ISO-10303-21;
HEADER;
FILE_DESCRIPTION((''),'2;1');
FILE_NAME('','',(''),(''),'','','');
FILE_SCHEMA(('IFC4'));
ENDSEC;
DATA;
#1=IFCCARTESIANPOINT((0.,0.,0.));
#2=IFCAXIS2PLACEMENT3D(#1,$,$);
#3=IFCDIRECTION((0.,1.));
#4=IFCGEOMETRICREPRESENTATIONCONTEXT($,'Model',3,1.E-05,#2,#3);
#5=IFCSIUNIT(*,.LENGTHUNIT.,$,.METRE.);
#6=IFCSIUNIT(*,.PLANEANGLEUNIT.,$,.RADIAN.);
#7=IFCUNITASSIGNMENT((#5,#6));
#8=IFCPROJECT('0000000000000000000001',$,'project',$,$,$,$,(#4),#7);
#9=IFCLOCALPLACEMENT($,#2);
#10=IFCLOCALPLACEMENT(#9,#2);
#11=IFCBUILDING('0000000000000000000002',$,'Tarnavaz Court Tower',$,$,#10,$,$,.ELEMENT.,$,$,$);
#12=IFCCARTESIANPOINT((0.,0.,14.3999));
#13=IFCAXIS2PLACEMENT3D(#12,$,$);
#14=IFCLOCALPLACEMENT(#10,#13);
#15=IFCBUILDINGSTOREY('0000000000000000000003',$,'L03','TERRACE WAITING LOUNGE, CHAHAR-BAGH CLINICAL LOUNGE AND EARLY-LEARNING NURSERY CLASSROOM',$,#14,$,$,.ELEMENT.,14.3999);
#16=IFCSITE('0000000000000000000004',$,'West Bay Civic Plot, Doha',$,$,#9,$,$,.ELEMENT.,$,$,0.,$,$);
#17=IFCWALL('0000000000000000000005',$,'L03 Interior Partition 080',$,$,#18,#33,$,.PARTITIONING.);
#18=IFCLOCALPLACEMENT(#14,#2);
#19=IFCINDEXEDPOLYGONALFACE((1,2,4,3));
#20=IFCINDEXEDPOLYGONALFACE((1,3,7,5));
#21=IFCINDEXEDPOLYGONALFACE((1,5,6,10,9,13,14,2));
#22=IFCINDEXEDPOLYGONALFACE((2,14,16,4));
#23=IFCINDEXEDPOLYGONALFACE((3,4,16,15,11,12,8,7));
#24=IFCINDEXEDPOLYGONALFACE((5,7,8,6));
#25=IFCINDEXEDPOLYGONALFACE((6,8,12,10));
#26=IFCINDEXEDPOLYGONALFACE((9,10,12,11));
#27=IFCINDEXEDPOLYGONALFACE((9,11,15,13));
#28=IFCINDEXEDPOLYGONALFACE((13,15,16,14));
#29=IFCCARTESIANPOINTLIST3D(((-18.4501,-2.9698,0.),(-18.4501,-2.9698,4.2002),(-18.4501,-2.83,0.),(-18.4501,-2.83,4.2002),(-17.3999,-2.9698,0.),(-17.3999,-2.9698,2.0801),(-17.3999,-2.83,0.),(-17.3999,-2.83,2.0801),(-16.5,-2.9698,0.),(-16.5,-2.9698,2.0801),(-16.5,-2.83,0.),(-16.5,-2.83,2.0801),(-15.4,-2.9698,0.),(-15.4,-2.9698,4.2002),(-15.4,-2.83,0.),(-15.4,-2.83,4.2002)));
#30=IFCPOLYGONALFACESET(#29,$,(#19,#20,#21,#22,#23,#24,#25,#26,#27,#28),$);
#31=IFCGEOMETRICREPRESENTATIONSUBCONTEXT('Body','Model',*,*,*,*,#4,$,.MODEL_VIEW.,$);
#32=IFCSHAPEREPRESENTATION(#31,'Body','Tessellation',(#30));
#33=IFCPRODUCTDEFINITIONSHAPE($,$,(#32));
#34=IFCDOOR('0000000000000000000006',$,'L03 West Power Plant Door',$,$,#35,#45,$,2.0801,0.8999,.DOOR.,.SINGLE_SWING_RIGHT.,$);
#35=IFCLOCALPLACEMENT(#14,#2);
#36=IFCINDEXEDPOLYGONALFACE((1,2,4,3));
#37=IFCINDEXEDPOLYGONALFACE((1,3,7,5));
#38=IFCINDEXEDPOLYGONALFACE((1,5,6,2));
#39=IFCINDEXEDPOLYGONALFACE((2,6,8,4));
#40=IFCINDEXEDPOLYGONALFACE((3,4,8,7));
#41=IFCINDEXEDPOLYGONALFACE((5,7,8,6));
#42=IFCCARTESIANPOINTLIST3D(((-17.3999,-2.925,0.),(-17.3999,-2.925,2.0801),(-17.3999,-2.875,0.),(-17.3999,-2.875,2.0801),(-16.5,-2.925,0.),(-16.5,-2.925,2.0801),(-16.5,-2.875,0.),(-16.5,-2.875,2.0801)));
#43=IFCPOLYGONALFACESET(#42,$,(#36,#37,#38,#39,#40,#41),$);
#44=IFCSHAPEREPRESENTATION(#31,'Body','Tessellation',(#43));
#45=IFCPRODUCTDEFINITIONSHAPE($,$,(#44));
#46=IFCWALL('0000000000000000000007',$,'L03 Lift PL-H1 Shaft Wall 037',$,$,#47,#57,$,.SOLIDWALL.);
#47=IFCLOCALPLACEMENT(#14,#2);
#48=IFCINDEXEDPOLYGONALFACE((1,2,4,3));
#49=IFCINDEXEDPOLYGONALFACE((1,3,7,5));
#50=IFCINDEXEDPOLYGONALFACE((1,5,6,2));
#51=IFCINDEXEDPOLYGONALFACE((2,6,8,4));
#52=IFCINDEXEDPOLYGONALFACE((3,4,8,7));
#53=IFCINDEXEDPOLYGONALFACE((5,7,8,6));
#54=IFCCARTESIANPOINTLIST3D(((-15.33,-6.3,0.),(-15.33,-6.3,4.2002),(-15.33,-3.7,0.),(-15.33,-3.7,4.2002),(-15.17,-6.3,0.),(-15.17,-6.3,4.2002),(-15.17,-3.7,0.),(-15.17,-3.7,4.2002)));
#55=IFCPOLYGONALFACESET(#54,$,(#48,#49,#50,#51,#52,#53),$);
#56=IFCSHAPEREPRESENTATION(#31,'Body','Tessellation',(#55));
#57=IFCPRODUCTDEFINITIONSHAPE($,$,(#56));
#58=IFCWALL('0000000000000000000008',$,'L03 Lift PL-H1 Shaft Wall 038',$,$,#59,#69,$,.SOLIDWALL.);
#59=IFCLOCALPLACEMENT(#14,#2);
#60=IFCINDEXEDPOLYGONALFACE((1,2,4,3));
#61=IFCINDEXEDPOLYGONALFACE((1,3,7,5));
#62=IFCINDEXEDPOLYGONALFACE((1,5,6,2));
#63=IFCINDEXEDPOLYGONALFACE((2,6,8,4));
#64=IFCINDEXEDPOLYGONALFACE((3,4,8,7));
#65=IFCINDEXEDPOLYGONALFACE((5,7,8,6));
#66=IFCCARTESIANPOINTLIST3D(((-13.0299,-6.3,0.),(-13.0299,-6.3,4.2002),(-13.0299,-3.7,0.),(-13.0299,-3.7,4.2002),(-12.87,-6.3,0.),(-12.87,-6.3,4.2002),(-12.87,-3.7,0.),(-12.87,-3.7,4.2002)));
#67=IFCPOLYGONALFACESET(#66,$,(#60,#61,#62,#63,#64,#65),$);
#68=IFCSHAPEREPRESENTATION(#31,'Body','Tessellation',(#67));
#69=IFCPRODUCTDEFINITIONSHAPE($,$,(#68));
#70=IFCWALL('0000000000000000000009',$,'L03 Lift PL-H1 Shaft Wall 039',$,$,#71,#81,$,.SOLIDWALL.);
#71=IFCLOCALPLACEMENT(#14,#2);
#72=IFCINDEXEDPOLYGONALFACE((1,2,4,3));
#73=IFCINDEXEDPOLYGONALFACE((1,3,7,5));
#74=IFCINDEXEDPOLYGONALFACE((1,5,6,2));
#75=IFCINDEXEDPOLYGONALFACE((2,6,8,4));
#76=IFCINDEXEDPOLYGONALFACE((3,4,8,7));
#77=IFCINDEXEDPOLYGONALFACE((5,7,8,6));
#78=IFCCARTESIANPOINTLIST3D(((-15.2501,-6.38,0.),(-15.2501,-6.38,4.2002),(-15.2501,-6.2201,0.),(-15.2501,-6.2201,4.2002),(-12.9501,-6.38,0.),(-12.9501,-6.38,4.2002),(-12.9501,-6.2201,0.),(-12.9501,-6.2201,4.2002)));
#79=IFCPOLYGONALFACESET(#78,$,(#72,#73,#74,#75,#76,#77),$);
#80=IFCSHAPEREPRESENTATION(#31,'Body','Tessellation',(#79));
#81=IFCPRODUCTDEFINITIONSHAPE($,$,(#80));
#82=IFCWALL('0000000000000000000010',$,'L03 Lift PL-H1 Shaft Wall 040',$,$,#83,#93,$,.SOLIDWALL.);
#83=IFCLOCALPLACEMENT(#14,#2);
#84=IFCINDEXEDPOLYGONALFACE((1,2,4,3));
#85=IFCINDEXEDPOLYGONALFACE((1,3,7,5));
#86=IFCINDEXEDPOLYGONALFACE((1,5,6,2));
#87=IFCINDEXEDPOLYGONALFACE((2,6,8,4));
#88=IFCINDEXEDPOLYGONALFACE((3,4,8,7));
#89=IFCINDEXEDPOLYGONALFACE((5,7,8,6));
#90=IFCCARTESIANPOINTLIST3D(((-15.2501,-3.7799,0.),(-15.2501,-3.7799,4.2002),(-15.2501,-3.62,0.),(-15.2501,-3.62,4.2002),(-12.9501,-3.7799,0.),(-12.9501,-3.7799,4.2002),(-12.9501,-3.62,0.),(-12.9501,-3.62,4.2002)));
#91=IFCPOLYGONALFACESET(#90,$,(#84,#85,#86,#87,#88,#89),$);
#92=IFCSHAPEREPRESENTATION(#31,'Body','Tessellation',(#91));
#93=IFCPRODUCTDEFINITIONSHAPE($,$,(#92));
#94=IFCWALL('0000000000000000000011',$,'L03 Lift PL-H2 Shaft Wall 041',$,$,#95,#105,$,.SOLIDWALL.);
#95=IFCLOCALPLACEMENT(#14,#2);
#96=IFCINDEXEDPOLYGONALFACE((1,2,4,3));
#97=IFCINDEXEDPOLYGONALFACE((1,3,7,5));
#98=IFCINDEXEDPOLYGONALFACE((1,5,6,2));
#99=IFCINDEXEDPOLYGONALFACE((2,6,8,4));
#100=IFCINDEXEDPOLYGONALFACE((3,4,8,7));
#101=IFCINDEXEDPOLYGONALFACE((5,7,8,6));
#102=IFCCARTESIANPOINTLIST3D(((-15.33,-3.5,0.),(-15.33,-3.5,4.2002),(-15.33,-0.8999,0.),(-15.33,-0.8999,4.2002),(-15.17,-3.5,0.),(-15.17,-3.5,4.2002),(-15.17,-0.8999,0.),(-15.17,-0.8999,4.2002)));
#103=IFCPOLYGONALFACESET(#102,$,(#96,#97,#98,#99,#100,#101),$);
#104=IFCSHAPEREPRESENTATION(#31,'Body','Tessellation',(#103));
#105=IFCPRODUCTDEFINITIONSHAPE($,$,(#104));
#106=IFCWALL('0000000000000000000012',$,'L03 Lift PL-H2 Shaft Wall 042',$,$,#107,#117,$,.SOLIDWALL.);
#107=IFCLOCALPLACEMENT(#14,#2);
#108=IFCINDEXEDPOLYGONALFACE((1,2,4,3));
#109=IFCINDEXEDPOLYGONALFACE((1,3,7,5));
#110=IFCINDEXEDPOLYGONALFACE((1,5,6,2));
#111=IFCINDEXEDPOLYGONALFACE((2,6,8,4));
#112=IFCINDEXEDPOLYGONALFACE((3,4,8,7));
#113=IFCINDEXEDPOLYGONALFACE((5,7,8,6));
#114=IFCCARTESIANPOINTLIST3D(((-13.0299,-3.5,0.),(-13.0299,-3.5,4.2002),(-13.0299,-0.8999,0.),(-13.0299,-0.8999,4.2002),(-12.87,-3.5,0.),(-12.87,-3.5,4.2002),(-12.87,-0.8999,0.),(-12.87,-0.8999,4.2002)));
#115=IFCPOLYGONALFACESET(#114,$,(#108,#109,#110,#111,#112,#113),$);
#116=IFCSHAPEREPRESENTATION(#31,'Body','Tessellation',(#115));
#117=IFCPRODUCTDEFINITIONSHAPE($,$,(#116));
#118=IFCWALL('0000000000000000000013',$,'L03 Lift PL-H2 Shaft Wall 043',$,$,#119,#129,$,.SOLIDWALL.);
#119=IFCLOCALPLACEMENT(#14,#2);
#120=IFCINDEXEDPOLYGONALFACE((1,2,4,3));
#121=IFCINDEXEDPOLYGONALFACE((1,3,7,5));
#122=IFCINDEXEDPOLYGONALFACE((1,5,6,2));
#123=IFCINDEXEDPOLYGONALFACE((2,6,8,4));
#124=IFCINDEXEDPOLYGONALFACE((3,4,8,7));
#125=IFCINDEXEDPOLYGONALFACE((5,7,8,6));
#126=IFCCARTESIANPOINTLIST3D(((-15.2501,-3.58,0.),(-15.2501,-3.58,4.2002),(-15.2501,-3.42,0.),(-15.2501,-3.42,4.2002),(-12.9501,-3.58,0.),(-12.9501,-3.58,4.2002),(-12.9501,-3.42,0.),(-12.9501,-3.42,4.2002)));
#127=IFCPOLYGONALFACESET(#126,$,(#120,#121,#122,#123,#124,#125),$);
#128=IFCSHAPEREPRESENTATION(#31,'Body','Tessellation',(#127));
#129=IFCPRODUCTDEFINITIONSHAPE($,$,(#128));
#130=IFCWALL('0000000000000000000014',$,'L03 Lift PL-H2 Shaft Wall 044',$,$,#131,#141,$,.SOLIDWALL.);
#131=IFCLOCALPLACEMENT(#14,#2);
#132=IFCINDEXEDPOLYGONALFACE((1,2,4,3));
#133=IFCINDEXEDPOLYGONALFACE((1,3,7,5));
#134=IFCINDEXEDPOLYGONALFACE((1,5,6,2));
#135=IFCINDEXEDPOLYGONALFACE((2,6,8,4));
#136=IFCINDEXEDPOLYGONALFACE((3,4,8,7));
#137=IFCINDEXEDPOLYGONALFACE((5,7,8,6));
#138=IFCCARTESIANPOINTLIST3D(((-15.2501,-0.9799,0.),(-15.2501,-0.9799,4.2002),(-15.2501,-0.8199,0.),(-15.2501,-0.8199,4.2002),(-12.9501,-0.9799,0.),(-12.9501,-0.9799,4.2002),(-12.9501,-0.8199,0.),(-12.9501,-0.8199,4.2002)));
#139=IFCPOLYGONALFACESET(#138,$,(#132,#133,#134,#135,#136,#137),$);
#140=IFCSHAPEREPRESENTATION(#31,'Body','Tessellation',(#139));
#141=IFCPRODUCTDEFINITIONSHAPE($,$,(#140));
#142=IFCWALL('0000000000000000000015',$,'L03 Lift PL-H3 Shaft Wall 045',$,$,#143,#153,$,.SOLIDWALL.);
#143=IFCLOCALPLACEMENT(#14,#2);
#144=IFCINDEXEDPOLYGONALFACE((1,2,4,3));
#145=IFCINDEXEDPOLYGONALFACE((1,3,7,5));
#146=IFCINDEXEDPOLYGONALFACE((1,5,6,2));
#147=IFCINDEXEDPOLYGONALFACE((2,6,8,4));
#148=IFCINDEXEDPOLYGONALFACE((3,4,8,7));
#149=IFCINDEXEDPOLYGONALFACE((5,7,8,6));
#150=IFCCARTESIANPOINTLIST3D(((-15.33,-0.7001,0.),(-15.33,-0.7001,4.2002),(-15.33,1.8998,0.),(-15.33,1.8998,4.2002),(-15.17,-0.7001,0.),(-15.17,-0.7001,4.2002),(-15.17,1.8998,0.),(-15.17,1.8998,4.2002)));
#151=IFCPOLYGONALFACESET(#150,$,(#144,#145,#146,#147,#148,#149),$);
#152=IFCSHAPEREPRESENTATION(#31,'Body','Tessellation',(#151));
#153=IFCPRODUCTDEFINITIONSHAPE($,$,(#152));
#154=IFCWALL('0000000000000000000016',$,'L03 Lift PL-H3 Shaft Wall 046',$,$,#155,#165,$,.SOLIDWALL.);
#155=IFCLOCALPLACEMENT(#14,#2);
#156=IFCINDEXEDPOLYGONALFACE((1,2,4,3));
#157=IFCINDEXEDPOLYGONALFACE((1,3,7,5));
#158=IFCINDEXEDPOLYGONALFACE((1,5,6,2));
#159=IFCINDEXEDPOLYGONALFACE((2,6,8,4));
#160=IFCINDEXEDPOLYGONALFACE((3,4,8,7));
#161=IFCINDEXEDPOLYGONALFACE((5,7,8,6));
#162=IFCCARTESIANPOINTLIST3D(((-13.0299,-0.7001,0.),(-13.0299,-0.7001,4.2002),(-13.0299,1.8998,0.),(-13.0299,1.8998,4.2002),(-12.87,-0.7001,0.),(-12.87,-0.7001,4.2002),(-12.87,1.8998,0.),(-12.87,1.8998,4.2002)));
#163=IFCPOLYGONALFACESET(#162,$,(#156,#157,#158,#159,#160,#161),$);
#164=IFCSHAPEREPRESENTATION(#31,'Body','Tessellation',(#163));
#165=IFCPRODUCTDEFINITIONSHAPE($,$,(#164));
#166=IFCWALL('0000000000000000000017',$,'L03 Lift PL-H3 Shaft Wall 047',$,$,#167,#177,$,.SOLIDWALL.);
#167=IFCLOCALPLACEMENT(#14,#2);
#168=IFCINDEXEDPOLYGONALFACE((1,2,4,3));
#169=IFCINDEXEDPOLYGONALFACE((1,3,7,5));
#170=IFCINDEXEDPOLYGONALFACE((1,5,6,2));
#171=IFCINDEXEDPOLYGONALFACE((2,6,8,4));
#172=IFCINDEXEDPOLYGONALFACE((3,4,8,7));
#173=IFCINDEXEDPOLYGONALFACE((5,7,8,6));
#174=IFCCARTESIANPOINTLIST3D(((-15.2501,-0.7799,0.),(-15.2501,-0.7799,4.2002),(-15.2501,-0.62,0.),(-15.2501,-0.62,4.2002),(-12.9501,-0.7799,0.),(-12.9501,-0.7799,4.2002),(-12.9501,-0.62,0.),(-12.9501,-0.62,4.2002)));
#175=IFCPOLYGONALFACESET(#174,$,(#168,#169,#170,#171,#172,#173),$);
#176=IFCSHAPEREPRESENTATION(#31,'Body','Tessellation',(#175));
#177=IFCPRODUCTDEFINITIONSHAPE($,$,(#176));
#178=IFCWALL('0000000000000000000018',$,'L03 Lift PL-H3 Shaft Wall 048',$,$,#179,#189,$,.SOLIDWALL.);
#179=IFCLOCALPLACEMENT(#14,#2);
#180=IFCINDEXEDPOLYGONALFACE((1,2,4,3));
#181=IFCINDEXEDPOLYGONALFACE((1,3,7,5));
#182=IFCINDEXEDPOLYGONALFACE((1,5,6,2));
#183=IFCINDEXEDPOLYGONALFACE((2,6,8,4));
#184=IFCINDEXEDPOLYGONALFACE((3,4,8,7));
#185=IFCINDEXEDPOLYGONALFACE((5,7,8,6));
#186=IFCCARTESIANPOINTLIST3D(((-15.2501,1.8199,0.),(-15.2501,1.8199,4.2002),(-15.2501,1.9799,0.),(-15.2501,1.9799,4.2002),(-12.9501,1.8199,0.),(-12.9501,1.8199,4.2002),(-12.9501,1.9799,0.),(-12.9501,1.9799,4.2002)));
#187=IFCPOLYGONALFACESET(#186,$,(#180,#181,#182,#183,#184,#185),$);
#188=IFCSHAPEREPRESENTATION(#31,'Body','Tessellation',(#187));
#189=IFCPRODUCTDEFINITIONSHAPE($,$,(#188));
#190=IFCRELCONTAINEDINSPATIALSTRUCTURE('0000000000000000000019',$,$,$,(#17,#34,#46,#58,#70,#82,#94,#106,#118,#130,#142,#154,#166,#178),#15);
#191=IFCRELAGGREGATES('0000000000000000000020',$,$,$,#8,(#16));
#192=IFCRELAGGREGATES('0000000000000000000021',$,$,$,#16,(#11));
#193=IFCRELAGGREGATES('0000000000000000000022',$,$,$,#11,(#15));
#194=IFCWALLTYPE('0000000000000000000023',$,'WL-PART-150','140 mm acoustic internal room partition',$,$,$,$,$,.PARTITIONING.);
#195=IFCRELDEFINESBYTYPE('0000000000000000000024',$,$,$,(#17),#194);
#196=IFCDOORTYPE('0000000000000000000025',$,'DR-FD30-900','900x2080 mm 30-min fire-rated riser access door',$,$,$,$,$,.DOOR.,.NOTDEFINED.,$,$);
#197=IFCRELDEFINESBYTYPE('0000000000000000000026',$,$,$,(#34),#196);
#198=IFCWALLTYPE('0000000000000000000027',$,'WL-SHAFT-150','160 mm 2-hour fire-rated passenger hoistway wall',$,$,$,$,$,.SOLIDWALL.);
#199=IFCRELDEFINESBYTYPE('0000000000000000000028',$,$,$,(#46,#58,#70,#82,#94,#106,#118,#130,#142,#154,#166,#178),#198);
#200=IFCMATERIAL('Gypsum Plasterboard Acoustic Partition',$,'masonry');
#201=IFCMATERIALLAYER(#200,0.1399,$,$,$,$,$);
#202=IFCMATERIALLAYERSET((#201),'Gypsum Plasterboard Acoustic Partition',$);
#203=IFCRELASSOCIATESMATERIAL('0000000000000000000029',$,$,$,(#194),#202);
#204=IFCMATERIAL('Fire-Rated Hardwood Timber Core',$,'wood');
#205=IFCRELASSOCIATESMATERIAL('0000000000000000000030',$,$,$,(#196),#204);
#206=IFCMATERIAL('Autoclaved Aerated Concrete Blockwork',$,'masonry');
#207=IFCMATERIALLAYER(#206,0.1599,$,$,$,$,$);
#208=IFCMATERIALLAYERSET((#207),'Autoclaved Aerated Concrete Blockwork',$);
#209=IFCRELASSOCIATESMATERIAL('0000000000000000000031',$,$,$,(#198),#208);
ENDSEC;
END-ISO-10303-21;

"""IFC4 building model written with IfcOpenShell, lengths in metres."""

from ifc_helpers import new_model, si_unit, direction, frame, frame_2d, origin, place, context, subcontext, project, spatial, rectangle, extrude, material, layer, layer_set, type_object, element, fill, save


model = new_model("IFC4")

# Units and contexts
model_context = context("Model", 3, precision=1e-05, world=origin(), true_north=direction((0.0, 1.0)))
body_context = subcontext(model_context, "Body", "Model", "MODEL_VIEW")
ifc_project = project(units=[si_unit("LENGTHUNIT", "METRE"), si_unit("PLANEANGLEUNIT", "RADIAN")], contexts=[model_context])

# Site, building, storey
site_placement = place(None, origin())
site = spatial("IfcSite", under=ifc_project, at=site_placement, Name="West Bay Civic Plot, Doha", CompositionType="ELEMENT", RefElevation=0.0)
building_placement = place(site_placement, origin())
building = spatial("IfcBuilding", under=site, at=building_placement, Name="Tarnavaz Court Tower", CompositionType="ELEMENT")
storey_placement = place(building_placement, frame((0.0, 0.0, 14.3999)))
storey = spatial("IfcBuildingStorey", under=building, at=storey_placement, Name="L03", Description="TERRACE WAITING LOUNGE, CHAHAR-BAGH CLINICAL LOUNGE AND EARLY-LEARNING NURSERY CLASSROOM", CompositionType="ELEMENT", Elevation=14.3999)

# Wall, opening, door
ifc_material_1 = material(Name="Gypsum Plasterboard Acoustic Partition", Category="masonry")
ifc_layer_1 = layer(ifc_material_1, 0.1399)
ifc_layer_set_1 = layer_set([ifc_layer_1], Name="Gypsum Plasterboard Acoustic Partition")
wall_type_1 = type_object("IfcWallType", Name="WL-PART-150", Description="140 mm acoustic internal room partition", PredefinedType="PARTITIONING", material=ifc_layer_set_1)
ifc_material_2 = material(Name="Fire-Rated Hardwood Timber Core", Category="wood")
door_type = type_object("IfcDoorType", Name="DR-FD30-900", Description="900x2080 mm 30-min fire-rated riser access door", OperationType="NOTDEFINED", PredefinedType="DOOR", material=ifc_material_2)
wall_1_placement = place(storey_placement, frame((-18.45, -2.8999, 0.0), z_axis=(0.0, 0.0, 1.0), x_axis=(1.0, 0.0, 0.0)))
wall_1 = element("IfcWall", 1, at=wall_1_placement, inside=storey, type_object=wall_type_1, Name="L03 Interior Partition 080", PredefinedType="PARTITIONING", context=body_context, shape_type="SweptSolid", body=[
    extrude(rectangle(XDim=3.05, YDim=0.1399, at=frame_2d((1.5249, 0.0))), origin(), (0.0, 0.0, 1.0), 4.2002),
])
opening_1_placement = place(wall_1_placement, frame((1.05, 0.0, 0.0)))
opening_1 = element("IfcOpeningElement", 2, at=opening_1_placement, cuts=wall_1, PredefinedType="OPENING", context=body_context, shape_type="SweptSolid", body=[
    extrude(rectangle(XDim=0.8999, YDim=2.0801, at=frame_2d((0.45, 1.04))), frame((0.0, 0.0798, 0.0), z_axis=(0.0, -1.0, 0.0), x_axis=(1.0, 0.0, 0.0)), (0.0, 0.0, 1.0), 0.1599),
])
door_1_placement = place(opening_1_placement, origin())
door_1 = element("IfcDoor", 3, at=door_1_placement, inside=storey, type_object=door_type, Name="L03 West Power Plant Door", OperationType="SINGLE_SWING_RIGHT", OverallHeight=2.0801, OverallWidth=0.8999, PredefinedType="DOOR", context=body_context, shape_type="SweptSolid", body=[
    extrude(rectangle(XDim=0.8999, YDim=2.0801, at=frame_2d((0.45, 1.04))), frame((0.0, 0.0249, 0.0), z_axis=(0.0, -1.0, 0.0), x_axis=(1.0, 0.0, 0.0)), (0.0, 0.0, 1.0), 0.05),
])
fill(opening_1, door_1)

# Walls
ifc_material_3 = material(Name="Autoclaved Aerated Concrete Blockwork", Category="masonry")
ifc_layer_2 = layer(ifc_material_3, 0.1599)
ifc_layer_set_2 = layer_set([ifc_layer_2], Name="Autoclaved Aerated Concrete Blockwork")
wall_type_2 = type_object("IfcWallType", Name="WL-SHAFT-150", Description="160 mm 2-hour fire-rated passenger hoistway wall", PredefinedType="SOLIDWALL", material=ifc_layer_set_2)
for number, where, z_axis, x_axis, name in (
    (4, (-15.25, -6.3, 0.0), (0.0, 0.0, 1.0), (0.0, 1.0, 0.0), "L03 Lift PL-H1 Shaft Wall 037"),
    (5, (-12.95, -6.3, 0.0), (0.0, 0.0, 1.0), (0.0, 1.0, 0.0), "L03 Lift PL-H1 Shaft Wall 038"),
):
    element("IfcWall", number, at=place(storey_placement, frame(where, z_axis=z_axis, x_axis=x_axis)), inside=storey, type_object=wall_type_2, Name=name, PredefinedType="SOLIDWALL", context=body_context, shape_type="SweptSolid", body=[
        extrude(rectangle(XDim=2.6001, YDim=0.1599, at=frame_2d((1.3, 0.0))), origin(), (0.0, 0.0, 1.0), 4.2002),
    ])
for number, where, z_axis, x_axis, name in (
    (6, (-15.25, -6.3, 0.0), (0.0, 0.0, 1.0), (1.0, 0.0, 0.0), "L03 Lift PL-H1 Shaft Wall 039"),
    (7, (-15.25, -3.7, 0.0), (0.0, 0.0, 1.0), (1.0, 0.0, 0.0), "L03 Lift PL-H1 Shaft Wall 040"),
):
    element("IfcWall", number, at=place(storey_placement, frame(where, z_axis=z_axis, x_axis=x_axis)), inside=storey, type_object=wall_type_2, Name=name, PredefinedType="SOLIDWALL", context=body_context, shape_type="SweptSolid", body=[
        extrude(rectangle(XDim=2.3, YDim=0.1599, at=frame_2d((1.1499, 0.0))), origin(), (0.0, 0.0, 1.0), 4.2002),
    ])
for number, where, z_axis, x_axis, name in (
    (8, (-15.25, -3.5, 0.0), (0.0, 0.0, 1.0), (0.0, 1.0, 0.0), "L03 Lift PL-H2 Shaft Wall 041"),
    (9, (-12.95, -3.5, 0.0), (0.0, 0.0, 1.0), (0.0, 1.0, 0.0), "L03 Lift PL-H2 Shaft Wall 042"),
):
    element("IfcWall", number, at=place(storey_placement, frame(where, z_axis=z_axis, x_axis=x_axis)), inside=storey, type_object=wall_type_2, Name=name, PredefinedType="SOLIDWALL", context=body_context, shape_type="SweptSolid", body=[
        extrude(rectangle(XDim=2.6001, YDim=0.1599, at=frame_2d((1.3, 0.0))), origin(), (0.0, 0.0, 1.0), 4.2002),
    ])
for number, where, z_axis, x_axis, name in (
    (10, (-15.25, -3.5, 0.0), (0.0, 0.0, 1.0), (1.0, 0.0, 0.0), "L03 Lift PL-H2 Shaft Wall 043"),
    (11, (-15.25, -0.8999, 0.0), (0.0, 0.0, 1.0), (1.0, 0.0, 0.0), "L03 Lift PL-H2 Shaft Wall 044"),
):
    element("IfcWall", number, at=place(storey_placement, frame(where, z_axis=z_axis, x_axis=x_axis)), inside=storey, type_object=wall_type_2, Name=name, PredefinedType="SOLIDWALL", context=body_context, shape_type="SweptSolid", body=[
        extrude(rectangle(XDim=2.3, YDim=0.1599, at=frame_2d((1.1499, 0.0))), origin(), (0.0, 0.0, 1.0), 4.2002),
    ])
for number, where, z_axis, x_axis, name in (
    (12, (-15.25, -0.7, 0.0), (0.0, 0.0, 1.0), (0.0, 1.0, 0.0), "L03 Lift PL-H3 Shaft Wall 045"),
    (13, (-12.95, -0.7, 0.0), (0.0, 0.0, 1.0), (0.0, 1.0, 0.0), "L03 Lift PL-H3 Shaft Wall 046"),
):
    element("IfcWall", number, at=place(storey_placement, frame(where, z_axis=z_axis, x_axis=x_axis)), inside=storey, type_object=wall_type_2, Name=name, PredefinedType="SOLIDWALL", context=body_context, shape_type="SweptSolid", body=[
        extrude(rectangle(XDim=2.5999, YDim=0.1599, at=frame_2d((1.2998, 0.0))), origin(), (0.0, 0.0, 1.0), 4.2002),
    ])
for number, where, z_axis, x_axis, name in (
    (14, (-15.25, -0.7, 0.0), (0.0, 0.0, 1.0), (1.0, 0.0, 0.0), "L03 Lift PL-H3 Shaft Wall 047"),
    (15, (-15.25, 1.8999, 0.0), (0.0, 0.0, 1.0), (1.0, 0.0, 0.0), "L03 Lift PL-H3 Shaft Wall 048"),
):
    element("IfcWall", number, at=place(storey_placement, frame(where, z_axis=z_axis, x_axis=x_axis)), inside=storey, type_object=wall_type_2, Name=name, PredefinedType="SOLIDWALL", context=body_context, shape_type="SweptSolid", body=[
        extrude(rectangle(XDim=2.3, YDim=0.1599, at=frame_2d((1.1499, 0.0))), origin(), (0.0, 0.0, 1.0), 4.2002),
    ])

save(model, "model.ifc")
